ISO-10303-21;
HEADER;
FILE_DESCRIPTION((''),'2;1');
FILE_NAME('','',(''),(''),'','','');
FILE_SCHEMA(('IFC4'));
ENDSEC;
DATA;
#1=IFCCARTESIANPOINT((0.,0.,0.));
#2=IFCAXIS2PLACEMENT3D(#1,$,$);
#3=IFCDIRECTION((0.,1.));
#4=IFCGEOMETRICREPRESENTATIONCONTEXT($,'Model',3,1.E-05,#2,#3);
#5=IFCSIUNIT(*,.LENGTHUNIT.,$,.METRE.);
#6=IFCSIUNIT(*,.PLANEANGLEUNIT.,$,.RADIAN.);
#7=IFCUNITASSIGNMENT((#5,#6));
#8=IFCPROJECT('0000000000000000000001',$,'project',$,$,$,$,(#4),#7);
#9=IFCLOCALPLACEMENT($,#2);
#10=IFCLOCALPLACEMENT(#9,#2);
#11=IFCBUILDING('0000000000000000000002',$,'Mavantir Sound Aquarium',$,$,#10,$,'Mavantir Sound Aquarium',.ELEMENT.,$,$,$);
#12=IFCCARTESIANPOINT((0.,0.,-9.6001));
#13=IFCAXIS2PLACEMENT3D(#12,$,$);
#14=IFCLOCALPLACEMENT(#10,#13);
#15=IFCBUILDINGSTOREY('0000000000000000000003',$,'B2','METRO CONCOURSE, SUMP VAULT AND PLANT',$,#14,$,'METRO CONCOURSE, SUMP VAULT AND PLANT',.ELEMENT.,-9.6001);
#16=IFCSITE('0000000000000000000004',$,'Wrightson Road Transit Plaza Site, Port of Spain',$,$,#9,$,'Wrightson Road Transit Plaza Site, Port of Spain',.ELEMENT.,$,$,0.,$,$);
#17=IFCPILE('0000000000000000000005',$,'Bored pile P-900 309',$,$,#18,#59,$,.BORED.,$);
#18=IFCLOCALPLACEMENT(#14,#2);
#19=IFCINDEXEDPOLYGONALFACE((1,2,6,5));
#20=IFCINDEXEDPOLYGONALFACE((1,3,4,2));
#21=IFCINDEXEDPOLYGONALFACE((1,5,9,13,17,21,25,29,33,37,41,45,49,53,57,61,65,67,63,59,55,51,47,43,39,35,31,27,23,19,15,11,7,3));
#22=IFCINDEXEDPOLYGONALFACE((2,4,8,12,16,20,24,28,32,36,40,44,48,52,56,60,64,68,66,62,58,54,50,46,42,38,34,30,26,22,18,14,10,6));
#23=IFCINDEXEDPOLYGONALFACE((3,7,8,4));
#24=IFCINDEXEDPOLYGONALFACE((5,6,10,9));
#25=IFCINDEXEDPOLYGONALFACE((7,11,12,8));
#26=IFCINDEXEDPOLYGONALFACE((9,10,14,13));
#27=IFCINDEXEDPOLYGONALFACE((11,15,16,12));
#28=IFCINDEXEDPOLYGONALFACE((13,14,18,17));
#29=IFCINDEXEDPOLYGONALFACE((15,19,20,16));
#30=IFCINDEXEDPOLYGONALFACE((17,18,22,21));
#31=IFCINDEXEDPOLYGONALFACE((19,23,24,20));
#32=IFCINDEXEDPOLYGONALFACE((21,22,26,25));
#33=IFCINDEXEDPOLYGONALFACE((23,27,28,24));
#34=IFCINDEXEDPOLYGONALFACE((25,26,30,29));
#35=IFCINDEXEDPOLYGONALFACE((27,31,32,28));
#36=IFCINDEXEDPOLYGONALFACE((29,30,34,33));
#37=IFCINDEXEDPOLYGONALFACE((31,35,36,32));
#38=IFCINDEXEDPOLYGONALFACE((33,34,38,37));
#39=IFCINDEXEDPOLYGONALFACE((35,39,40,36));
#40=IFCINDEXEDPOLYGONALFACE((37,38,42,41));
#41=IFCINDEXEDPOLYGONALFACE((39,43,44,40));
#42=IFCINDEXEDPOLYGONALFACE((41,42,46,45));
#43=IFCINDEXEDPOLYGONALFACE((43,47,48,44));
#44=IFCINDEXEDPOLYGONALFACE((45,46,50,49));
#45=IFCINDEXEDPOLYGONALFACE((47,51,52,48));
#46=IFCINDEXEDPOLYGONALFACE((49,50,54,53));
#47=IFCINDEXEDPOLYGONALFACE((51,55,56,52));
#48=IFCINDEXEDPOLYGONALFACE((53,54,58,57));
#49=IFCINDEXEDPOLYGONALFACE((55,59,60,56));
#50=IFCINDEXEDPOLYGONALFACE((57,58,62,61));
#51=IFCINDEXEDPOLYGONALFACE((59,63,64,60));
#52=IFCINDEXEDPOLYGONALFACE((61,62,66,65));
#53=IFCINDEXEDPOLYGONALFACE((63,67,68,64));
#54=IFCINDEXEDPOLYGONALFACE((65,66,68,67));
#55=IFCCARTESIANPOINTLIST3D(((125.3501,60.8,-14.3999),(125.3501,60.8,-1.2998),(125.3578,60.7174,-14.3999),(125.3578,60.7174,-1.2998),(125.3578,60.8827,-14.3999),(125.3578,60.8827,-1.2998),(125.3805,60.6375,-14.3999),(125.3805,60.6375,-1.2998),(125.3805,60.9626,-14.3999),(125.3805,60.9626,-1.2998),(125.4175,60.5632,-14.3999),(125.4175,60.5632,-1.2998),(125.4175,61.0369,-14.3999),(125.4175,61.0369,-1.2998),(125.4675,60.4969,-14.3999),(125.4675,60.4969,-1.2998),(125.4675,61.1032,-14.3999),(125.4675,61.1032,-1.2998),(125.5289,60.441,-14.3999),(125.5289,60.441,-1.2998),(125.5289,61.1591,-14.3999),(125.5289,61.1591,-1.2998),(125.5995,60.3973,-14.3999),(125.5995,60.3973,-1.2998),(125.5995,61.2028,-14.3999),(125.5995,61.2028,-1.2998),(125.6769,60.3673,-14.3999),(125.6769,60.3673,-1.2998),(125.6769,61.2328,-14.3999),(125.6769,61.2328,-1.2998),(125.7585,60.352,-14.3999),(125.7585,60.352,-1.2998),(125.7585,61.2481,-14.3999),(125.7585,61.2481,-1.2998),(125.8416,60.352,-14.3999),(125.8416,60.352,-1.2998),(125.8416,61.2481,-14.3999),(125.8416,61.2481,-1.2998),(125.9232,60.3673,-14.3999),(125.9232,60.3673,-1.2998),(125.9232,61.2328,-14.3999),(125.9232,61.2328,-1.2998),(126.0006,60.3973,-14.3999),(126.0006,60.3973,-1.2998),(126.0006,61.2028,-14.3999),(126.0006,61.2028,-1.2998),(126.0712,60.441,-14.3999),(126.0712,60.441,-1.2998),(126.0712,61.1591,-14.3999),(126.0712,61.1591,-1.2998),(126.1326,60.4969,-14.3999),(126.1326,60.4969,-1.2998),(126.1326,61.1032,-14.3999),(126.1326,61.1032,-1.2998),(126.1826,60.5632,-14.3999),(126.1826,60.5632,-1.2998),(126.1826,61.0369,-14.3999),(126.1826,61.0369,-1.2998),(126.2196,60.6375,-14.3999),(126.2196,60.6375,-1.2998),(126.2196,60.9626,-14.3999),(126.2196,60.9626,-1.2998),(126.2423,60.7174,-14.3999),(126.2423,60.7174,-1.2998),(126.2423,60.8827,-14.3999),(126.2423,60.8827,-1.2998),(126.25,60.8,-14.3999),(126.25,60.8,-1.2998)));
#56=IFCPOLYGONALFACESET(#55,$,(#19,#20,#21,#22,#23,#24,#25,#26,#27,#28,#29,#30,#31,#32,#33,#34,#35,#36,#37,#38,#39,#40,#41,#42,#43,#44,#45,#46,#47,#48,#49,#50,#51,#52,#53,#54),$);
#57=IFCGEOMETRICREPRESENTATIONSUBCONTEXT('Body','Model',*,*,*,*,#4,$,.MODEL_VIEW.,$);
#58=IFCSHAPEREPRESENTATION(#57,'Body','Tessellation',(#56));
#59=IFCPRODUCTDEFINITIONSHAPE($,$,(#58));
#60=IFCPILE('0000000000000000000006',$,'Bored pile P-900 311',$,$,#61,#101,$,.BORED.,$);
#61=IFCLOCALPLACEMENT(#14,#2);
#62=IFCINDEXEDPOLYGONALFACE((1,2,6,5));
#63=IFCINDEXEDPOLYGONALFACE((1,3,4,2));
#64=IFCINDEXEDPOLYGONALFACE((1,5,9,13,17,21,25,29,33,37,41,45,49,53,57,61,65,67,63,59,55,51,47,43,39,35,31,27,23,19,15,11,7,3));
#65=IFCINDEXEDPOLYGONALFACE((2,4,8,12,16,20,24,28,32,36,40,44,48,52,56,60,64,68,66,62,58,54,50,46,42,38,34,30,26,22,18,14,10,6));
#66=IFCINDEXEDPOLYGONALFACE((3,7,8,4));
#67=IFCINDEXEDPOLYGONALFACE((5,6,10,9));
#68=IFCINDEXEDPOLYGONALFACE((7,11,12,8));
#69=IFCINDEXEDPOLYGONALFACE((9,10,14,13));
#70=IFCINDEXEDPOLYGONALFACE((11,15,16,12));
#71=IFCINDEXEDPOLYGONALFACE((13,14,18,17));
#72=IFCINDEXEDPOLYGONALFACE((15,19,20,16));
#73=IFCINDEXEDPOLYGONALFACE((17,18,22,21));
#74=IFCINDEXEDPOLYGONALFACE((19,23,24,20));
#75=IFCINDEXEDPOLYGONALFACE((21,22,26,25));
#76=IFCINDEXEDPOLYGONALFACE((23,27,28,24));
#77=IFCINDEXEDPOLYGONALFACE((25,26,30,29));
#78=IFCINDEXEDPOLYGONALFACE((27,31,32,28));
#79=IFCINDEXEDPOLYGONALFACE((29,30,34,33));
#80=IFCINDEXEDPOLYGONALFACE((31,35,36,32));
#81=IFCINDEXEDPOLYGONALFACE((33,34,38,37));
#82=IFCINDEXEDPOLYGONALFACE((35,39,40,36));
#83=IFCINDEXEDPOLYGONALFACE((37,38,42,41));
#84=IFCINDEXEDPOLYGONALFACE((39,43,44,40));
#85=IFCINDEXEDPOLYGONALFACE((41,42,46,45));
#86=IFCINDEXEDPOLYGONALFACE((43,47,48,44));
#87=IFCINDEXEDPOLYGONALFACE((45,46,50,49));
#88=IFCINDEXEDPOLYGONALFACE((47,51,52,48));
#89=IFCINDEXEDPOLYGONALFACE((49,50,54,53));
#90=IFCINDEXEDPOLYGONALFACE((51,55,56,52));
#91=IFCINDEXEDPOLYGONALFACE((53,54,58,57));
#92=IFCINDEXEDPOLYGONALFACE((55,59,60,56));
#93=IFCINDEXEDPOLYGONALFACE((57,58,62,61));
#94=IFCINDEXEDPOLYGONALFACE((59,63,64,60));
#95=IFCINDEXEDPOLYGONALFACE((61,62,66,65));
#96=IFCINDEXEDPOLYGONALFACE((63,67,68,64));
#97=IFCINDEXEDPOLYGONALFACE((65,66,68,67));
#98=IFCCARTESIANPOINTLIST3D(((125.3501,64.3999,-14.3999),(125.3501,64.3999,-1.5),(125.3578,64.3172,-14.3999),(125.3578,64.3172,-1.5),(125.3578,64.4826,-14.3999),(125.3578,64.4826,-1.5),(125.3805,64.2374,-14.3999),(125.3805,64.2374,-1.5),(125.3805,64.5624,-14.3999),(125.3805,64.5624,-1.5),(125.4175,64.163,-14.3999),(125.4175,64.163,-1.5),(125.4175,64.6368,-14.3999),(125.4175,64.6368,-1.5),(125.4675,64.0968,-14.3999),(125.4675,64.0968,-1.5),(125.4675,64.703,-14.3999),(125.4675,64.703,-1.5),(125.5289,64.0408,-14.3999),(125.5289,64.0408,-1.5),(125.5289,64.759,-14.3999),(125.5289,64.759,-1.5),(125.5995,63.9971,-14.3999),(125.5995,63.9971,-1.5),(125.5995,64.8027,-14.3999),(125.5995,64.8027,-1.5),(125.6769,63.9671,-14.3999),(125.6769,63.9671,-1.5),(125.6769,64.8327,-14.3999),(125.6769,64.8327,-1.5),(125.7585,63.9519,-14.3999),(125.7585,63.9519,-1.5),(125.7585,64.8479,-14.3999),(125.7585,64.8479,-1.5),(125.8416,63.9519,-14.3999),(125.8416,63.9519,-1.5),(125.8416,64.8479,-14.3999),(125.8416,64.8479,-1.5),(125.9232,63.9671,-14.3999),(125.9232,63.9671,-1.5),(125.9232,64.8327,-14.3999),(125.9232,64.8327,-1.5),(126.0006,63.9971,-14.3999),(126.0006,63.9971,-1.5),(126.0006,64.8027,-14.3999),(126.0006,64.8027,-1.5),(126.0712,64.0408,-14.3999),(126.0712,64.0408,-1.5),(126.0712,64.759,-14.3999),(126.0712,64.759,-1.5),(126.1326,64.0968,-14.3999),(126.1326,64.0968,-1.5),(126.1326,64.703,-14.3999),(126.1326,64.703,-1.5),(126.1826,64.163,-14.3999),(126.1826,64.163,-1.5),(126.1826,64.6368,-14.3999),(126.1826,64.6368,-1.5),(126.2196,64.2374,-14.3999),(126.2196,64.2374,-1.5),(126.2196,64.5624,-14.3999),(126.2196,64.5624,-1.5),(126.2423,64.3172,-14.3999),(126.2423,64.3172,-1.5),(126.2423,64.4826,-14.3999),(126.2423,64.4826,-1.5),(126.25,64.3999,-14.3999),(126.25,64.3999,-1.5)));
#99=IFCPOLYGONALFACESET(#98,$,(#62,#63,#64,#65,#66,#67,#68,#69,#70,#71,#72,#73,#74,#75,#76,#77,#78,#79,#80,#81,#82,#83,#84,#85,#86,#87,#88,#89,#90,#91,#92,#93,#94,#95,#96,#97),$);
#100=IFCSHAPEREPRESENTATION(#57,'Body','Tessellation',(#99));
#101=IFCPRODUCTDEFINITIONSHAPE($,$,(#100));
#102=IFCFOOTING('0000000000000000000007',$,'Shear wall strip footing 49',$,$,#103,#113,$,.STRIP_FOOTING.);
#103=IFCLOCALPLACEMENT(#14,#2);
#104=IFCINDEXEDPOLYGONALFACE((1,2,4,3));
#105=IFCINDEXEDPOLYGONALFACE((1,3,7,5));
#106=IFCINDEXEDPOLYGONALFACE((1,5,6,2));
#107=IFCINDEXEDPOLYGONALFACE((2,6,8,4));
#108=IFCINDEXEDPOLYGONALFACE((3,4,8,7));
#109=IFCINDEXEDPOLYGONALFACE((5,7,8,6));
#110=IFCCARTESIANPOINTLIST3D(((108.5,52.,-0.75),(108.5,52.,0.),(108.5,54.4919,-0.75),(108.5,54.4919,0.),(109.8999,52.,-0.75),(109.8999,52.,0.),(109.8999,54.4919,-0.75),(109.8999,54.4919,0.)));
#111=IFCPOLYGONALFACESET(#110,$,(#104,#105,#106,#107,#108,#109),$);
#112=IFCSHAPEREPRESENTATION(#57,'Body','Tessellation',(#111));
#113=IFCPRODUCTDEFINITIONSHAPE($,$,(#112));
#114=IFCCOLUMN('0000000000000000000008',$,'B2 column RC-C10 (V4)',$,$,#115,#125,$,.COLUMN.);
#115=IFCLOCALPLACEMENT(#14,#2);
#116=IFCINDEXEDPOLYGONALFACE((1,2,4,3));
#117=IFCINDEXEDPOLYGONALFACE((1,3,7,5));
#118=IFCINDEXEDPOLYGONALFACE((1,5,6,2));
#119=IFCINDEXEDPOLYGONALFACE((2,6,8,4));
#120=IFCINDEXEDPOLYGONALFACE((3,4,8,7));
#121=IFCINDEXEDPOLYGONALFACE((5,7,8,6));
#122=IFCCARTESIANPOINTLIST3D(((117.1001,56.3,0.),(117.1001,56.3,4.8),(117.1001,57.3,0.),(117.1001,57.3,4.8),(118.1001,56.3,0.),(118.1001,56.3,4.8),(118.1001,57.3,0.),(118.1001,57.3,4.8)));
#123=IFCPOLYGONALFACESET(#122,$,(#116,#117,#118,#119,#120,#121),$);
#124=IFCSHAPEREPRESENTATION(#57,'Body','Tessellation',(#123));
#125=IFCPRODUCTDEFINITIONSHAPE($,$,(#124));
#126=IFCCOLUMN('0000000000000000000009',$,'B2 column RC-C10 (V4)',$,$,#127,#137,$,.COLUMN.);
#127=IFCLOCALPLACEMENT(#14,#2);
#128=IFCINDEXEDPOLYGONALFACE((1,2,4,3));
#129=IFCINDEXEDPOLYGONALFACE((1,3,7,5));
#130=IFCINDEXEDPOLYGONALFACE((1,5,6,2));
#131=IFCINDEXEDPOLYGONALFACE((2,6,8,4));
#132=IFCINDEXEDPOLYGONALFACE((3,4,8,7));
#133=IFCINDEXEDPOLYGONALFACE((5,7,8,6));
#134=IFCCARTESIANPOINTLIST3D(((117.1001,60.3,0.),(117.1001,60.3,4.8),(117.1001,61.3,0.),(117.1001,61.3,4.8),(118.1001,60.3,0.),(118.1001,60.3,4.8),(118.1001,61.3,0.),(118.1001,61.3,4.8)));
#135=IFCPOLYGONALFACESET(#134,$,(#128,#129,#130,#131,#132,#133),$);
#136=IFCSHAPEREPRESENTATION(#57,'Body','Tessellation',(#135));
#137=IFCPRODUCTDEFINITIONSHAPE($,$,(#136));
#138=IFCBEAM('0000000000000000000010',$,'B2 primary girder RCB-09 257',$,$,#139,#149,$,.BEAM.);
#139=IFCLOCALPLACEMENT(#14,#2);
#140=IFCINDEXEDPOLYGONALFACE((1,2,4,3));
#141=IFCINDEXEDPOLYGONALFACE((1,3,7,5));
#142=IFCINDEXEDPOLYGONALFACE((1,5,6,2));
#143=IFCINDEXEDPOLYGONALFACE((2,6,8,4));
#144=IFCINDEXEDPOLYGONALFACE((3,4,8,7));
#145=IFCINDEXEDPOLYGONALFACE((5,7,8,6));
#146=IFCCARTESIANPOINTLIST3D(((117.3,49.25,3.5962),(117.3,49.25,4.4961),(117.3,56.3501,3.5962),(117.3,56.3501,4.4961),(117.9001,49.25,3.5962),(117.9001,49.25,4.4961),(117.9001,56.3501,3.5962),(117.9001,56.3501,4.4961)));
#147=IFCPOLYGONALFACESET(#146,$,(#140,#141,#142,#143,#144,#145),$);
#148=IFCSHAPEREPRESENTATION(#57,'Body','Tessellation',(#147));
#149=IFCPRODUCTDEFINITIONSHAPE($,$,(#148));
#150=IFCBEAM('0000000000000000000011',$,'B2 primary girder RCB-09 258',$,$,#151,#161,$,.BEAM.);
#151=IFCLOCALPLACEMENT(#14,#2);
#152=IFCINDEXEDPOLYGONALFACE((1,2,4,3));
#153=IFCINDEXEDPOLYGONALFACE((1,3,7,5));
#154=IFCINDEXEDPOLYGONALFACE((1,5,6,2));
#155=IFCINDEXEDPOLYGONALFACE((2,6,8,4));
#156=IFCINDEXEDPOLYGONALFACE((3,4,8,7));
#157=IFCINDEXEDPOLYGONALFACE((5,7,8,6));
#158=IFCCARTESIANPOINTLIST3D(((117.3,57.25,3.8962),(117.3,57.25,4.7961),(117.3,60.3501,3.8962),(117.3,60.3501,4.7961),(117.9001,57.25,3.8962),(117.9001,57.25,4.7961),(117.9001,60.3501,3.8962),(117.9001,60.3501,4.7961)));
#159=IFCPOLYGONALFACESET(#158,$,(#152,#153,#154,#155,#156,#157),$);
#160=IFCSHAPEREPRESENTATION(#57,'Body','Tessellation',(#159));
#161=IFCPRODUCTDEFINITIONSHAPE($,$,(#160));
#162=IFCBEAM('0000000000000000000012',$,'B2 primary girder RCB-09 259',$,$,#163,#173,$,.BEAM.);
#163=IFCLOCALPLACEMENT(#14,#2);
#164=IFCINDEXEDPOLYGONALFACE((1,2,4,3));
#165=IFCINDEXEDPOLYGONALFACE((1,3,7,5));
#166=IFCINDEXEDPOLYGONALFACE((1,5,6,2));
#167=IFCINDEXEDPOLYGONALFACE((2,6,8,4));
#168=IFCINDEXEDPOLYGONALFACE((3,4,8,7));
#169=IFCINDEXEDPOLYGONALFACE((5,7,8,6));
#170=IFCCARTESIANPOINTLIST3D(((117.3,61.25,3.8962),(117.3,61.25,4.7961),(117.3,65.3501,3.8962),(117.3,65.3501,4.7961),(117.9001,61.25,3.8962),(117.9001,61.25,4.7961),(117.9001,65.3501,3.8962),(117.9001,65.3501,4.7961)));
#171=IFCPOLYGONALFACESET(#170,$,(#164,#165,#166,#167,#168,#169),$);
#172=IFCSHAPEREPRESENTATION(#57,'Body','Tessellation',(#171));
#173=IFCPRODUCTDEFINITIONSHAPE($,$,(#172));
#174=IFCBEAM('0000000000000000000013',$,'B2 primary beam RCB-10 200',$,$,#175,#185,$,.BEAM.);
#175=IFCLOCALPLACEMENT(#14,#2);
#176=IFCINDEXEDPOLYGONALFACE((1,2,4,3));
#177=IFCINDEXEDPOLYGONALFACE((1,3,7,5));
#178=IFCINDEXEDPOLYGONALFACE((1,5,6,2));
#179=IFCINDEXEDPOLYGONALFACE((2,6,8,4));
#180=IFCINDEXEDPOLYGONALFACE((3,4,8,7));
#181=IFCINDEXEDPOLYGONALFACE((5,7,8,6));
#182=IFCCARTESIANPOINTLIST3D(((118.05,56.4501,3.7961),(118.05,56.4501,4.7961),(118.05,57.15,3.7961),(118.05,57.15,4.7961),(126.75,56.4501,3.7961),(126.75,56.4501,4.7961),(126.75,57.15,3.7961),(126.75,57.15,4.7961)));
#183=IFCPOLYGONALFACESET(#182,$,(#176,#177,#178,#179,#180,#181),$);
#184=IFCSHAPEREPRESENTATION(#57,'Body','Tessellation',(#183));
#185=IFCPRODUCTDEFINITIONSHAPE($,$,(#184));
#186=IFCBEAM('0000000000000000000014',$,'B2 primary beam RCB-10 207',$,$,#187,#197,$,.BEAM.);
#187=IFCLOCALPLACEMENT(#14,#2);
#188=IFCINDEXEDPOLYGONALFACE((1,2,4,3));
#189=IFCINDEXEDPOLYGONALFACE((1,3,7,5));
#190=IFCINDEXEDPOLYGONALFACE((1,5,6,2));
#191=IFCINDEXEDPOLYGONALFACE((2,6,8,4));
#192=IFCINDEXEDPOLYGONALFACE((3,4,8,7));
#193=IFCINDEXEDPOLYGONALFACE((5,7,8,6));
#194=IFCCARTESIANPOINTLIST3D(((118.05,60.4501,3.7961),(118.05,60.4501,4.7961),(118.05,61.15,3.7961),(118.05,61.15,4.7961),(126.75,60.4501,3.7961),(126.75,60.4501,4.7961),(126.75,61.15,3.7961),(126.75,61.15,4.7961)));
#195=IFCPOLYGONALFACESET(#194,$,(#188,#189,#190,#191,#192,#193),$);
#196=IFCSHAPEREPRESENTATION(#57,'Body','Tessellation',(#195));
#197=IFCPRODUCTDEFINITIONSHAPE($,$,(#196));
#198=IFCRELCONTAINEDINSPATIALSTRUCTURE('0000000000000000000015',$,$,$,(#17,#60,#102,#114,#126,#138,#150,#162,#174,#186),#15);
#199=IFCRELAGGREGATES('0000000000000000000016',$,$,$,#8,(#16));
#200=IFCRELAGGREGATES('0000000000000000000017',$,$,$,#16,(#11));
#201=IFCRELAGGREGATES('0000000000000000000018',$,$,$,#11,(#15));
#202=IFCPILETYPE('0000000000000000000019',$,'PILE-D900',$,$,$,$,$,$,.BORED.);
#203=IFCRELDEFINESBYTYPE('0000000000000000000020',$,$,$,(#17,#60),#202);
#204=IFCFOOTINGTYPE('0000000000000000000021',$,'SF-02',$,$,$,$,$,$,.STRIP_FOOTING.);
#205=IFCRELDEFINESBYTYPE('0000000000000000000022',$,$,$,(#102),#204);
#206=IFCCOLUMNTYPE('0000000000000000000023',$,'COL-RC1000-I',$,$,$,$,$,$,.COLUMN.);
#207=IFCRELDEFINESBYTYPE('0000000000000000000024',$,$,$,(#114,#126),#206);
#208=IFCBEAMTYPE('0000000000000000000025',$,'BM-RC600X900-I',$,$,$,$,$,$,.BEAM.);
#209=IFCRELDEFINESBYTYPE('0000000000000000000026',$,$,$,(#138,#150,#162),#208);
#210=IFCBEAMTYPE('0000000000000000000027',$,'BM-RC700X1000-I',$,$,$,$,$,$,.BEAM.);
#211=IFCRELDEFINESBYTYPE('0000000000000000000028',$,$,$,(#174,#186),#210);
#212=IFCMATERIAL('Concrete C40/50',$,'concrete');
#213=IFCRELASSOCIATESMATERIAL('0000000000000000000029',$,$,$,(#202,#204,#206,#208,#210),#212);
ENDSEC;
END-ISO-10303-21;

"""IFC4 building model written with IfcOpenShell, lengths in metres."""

from ifc_helpers import new_model, si_unit, direction, frame, origin, origin_2d, place, context, subcontext, project, spatial, rectangle, circle, extrude, material, material_profile, profile_set, type_object, element, save


model = new_model("IFC4")

# Units and contexts
model_context = context("Model", 3, precision=1e-05, world=origin(), true_north=direction((0.0, 1.0)))
body_context = subcontext(model_context, "Body", "Model", "MODEL_VIEW")
ifc_project = project(units=[si_unit("LENGTHUNIT", "METRE"), si_unit("PLANEANGLEUNIT", "RADIAN")], contexts=[model_context])

# Site, building, storey
site_placement = place(None, origin())
site = spatial("IfcSite", under=ifc_project, at=site_placement, Name="Wrightson Road Transit Plaza Site, Port of Spain", LongName="Wrightson Road Transit Plaza Site, Port of Spain", CompositionType="ELEMENT", RefElevation=0.0)
building_placement = place(site_placement, origin())
building = spatial("IfcBuilding", under=site, at=building_placement, Name="Mavantir Sound Aquarium", LongName="Mavantir Sound Aquarium", CompositionType="ELEMENT")
storey_placement = place(building_placement, frame((0.0, 0.0, -9.6001)))
storey = spatial("IfcBuildingStorey", under=building, at=storey_placement, Name="B2", Description="METRO CONCOURSE, SUMP VAULT AND PLANT", LongName="METRO CONCOURSE, SUMP VAULT AND PLANT", CompositionType="ELEMENT", Elevation=-9.6001)

# Shared definitions
ifc_material_1 = material(Name="Concrete C40/50", Category="concrete")

# Piles
ifc_material_profile_1 = material_profile(ifc_material_1, circle(Radius=0.45, at=origin_2d()), Name="PILE D900")
ifc_profile_set_1 = profile_set([ifc_material_profile_1], Name="Concrete C40/50")
pile_type = type_object("IfcPileType", Name="PILE-D900", PredefinedType="BORED", material=ifc_profile_set_1)
pile_1_placement = place(storey_placement, frame((125.8, 60.8, -1.2998), z_axis=(0.0, 0.0, -1.0), x_axis=(1.0, 0.0, 0.0)))
element("IfcPile", 1, at=pile_1_placement, inside=storey, type_object=pile_type, Name="Bored pile P-900 309", PredefinedType="BORED", context=body_context, shape_type="SweptSolid", body=[
    extrude(circle(Radius=0.45, at=origin_2d()), origin(), (0.0, 0.0, 1.0), 13.1001),
])
pile_2_placement = place(storey_placement, frame((125.8, 64.3999, -1.5), z_axis=(0.0, 0.0, -1.0), x_axis=(1.0, 0.0, 0.0)))
element("IfcPile", 2, at=pile_2_placement, inside=storey, type_object=pile_type, Name="Bored pile P-900 311", PredefinedType="BORED", context=body_context, shape_type="SweptSolid", body=[
    extrude(circle(Radius=0.45, at=origin_2d()), origin(), (0.0, 0.0, 1.0), 12.8999),
])

# Footing
ifc_material_profile_2 = material_profile(ifc_material_1, rectangle(XDim=1.3999, YDim=0.75, at=origin_2d()), Name="RC 1400X750")
ifc_profile_set_2 = profile_set([ifc_material_profile_2], Name="Concrete C40/50")
footing_type_1 = type_object("IfcFootingType", Name="SF-02", PredefinedType="STRIP_FOOTING", material=ifc_profile_set_2)
footing_1_placement = place(storey_placement, frame((109.2, 52.0, -0.375), z_axis=(0.0, 1.0, 0.0), x_axis=(-1.0, 0.0, 0.0)))
element("IfcFooting", 3, at=footing_1_placement, inside=storey, type_object=footing_type_1, Name="Shear wall strip footing 49", PredefinedType="STRIP_FOOTING", context=body_context, shape_type="SweptSolid", body=[
    extrude(rectangle(XDim=1.3999, YDim=0.75, at=origin_2d()), origin(), (0.0, 0.0, 1.0), 2.4919),
])

# Columns
ifc_material_profile_3 = material_profile(ifc_material_1, rectangle(XDim=1.0, YDim=1.0, at=origin_2d()), Name="RC 1000X1000")
ifc_profile_set_3 = profile_set([ifc_material_profile_3], Name="Concrete C40/50")
column_type = type_object("IfcColumnType", Name="COL-RC1000-I", PredefinedType="COLUMN", material=ifc_profile_set_3)
for number, where, z_axis, x_axis, name in (
    (4, (117.6001, 56.8, 0.0), (0.0, 0.0, 1.0), (1.0, 0.0, 0.0), "B2 column RC-C10 (V4)"),
    (5, (117.6001, 60.8, 0.0), (0.0, 0.0, 1.0), (1.0, 0.0, 0.0), "B2 column RC-C10 (V4)"),
):
    element("IfcColumn", number, at=place(storey_placement, frame(where, z_axis=z_axis, x_axis=x_axis)), inside=storey, type_object=column_type, Name=name, PredefinedType="COLUMN", context=body_context, shape_type="SweptSolid", body=[
        extrude(rectangle(XDim=1.0, YDim=1.0, at=origin_2d()), origin(), (0.0, 0.0, 1.0), 4.8),
    ])

# Beams
ifc_material_profile_4 = material_profile(ifc_material_1, rectangle(XDim=0.6001, YDim=0.8999, at=origin_2d()), Name="RC 600X900")
ifc_profile_set_4 = profile_set([ifc_material_profile_4], Name="Concrete C40/50")
beam_type_1 = type_object("IfcBeamType", Name="BM-RC600X900-I", PredefinedType="BEAM", material=ifc_profile_set_4)
beam_1_placement = place(storey_placement, frame((117.6001, 49.25, 4.0461), z_axis=(0.0, 1.0, 0.0), x_axis=(-1.0, 0.0, 0.0)))
element("IfcBeam", 6, at=beam_1_placement, inside=storey, type_object=beam_type_1, Name="B2 primary girder RCB-09 257", PredefinedType="BEAM", context=body_context, shape_type="SweptSolid", body=[
    extrude(rectangle(XDim=0.6001, YDim=0.8999, at=origin_2d()), origin(), (0.0, 0.0, 1.0), 7.1001),
])
beam_2_placement = place(storey_placement, frame((117.6001, 57.25, 4.3462), z_axis=(0.0, 1.0, 0.0), x_axis=(-1.0, 0.0, 0.0)))
element("IfcBeam", 7, at=beam_2_placement, inside=storey, type_object=beam_type_1, Name="B2 primary girder RCB-09 258", PredefinedType="BEAM", context=body_context, shape_type="SweptSolid", body=[
    extrude(rectangle(XDim=0.6001, YDim=0.8999, at=origin_2d()), origin(), (0.0, 0.0, 1.0), 3.1001),
])
beam_3_placement = place(storey_placement, frame((117.6001, 61.25, 4.3462), z_axis=(0.0, 1.0, 0.0), x_axis=(-1.0, 0.0, 0.0)))
element("IfcBeam", 8, at=beam_3_placement, inside=storey, type_object=beam_type_1, Name="B2 primary girder RCB-09 259", PredefinedType="BEAM", context=body_context, shape_type="SweptSolid", body=[
    extrude(rectangle(XDim=0.6001, YDim=0.8999, at=origin_2d()), origin(), (0.0, 0.0, 1.0), 4.1001),
])
ifc_material_profile_5 = material_profile(ifc_material_1, rectangle(XDim=0.7, YDim=1.0, at=origin_2d()), Name="RC 700X1000")
ifc_profile_set_5 = profile_set([ifc_material_profile_5], Name="Concrete C40/50")
beam_type_2 = type_object("IfcBeamType", Name="BM-RC700X1000-I", PredefinedType="BEAM", material=ifc_profile_set_5)
for number, where, z_axis, x_axis, name in (
    (9, (118.05, 56.8, 4.2961), (1.0, 0.0, 0.0), (0.0, 1.0, 0.0), "B2 primary beam RCB-10 200"),
    (10, (118.05, 60.8, 4.2961), (1.0, 0.0, 0.0), (0.0, 1.0, 0.0), "B2 primary beam RCB-10 207"),
):
    element("IfcBeam", number, at=place(storey_placement, frame(where, z_axis=z_axis, x_axis=x_axis)), inside=storey, type_object=beam_type_2, Name=name, PredefinedType="BEAM", context=body_context, shape_type="SweptSolid", body=[
        extrude(rectangle(XDim=0.7, YDim=1.0, at=origin_2d()), origin(), (0.0, 0.0, 1.0), 8.7),
    ])

save(model, "model.ifc")
